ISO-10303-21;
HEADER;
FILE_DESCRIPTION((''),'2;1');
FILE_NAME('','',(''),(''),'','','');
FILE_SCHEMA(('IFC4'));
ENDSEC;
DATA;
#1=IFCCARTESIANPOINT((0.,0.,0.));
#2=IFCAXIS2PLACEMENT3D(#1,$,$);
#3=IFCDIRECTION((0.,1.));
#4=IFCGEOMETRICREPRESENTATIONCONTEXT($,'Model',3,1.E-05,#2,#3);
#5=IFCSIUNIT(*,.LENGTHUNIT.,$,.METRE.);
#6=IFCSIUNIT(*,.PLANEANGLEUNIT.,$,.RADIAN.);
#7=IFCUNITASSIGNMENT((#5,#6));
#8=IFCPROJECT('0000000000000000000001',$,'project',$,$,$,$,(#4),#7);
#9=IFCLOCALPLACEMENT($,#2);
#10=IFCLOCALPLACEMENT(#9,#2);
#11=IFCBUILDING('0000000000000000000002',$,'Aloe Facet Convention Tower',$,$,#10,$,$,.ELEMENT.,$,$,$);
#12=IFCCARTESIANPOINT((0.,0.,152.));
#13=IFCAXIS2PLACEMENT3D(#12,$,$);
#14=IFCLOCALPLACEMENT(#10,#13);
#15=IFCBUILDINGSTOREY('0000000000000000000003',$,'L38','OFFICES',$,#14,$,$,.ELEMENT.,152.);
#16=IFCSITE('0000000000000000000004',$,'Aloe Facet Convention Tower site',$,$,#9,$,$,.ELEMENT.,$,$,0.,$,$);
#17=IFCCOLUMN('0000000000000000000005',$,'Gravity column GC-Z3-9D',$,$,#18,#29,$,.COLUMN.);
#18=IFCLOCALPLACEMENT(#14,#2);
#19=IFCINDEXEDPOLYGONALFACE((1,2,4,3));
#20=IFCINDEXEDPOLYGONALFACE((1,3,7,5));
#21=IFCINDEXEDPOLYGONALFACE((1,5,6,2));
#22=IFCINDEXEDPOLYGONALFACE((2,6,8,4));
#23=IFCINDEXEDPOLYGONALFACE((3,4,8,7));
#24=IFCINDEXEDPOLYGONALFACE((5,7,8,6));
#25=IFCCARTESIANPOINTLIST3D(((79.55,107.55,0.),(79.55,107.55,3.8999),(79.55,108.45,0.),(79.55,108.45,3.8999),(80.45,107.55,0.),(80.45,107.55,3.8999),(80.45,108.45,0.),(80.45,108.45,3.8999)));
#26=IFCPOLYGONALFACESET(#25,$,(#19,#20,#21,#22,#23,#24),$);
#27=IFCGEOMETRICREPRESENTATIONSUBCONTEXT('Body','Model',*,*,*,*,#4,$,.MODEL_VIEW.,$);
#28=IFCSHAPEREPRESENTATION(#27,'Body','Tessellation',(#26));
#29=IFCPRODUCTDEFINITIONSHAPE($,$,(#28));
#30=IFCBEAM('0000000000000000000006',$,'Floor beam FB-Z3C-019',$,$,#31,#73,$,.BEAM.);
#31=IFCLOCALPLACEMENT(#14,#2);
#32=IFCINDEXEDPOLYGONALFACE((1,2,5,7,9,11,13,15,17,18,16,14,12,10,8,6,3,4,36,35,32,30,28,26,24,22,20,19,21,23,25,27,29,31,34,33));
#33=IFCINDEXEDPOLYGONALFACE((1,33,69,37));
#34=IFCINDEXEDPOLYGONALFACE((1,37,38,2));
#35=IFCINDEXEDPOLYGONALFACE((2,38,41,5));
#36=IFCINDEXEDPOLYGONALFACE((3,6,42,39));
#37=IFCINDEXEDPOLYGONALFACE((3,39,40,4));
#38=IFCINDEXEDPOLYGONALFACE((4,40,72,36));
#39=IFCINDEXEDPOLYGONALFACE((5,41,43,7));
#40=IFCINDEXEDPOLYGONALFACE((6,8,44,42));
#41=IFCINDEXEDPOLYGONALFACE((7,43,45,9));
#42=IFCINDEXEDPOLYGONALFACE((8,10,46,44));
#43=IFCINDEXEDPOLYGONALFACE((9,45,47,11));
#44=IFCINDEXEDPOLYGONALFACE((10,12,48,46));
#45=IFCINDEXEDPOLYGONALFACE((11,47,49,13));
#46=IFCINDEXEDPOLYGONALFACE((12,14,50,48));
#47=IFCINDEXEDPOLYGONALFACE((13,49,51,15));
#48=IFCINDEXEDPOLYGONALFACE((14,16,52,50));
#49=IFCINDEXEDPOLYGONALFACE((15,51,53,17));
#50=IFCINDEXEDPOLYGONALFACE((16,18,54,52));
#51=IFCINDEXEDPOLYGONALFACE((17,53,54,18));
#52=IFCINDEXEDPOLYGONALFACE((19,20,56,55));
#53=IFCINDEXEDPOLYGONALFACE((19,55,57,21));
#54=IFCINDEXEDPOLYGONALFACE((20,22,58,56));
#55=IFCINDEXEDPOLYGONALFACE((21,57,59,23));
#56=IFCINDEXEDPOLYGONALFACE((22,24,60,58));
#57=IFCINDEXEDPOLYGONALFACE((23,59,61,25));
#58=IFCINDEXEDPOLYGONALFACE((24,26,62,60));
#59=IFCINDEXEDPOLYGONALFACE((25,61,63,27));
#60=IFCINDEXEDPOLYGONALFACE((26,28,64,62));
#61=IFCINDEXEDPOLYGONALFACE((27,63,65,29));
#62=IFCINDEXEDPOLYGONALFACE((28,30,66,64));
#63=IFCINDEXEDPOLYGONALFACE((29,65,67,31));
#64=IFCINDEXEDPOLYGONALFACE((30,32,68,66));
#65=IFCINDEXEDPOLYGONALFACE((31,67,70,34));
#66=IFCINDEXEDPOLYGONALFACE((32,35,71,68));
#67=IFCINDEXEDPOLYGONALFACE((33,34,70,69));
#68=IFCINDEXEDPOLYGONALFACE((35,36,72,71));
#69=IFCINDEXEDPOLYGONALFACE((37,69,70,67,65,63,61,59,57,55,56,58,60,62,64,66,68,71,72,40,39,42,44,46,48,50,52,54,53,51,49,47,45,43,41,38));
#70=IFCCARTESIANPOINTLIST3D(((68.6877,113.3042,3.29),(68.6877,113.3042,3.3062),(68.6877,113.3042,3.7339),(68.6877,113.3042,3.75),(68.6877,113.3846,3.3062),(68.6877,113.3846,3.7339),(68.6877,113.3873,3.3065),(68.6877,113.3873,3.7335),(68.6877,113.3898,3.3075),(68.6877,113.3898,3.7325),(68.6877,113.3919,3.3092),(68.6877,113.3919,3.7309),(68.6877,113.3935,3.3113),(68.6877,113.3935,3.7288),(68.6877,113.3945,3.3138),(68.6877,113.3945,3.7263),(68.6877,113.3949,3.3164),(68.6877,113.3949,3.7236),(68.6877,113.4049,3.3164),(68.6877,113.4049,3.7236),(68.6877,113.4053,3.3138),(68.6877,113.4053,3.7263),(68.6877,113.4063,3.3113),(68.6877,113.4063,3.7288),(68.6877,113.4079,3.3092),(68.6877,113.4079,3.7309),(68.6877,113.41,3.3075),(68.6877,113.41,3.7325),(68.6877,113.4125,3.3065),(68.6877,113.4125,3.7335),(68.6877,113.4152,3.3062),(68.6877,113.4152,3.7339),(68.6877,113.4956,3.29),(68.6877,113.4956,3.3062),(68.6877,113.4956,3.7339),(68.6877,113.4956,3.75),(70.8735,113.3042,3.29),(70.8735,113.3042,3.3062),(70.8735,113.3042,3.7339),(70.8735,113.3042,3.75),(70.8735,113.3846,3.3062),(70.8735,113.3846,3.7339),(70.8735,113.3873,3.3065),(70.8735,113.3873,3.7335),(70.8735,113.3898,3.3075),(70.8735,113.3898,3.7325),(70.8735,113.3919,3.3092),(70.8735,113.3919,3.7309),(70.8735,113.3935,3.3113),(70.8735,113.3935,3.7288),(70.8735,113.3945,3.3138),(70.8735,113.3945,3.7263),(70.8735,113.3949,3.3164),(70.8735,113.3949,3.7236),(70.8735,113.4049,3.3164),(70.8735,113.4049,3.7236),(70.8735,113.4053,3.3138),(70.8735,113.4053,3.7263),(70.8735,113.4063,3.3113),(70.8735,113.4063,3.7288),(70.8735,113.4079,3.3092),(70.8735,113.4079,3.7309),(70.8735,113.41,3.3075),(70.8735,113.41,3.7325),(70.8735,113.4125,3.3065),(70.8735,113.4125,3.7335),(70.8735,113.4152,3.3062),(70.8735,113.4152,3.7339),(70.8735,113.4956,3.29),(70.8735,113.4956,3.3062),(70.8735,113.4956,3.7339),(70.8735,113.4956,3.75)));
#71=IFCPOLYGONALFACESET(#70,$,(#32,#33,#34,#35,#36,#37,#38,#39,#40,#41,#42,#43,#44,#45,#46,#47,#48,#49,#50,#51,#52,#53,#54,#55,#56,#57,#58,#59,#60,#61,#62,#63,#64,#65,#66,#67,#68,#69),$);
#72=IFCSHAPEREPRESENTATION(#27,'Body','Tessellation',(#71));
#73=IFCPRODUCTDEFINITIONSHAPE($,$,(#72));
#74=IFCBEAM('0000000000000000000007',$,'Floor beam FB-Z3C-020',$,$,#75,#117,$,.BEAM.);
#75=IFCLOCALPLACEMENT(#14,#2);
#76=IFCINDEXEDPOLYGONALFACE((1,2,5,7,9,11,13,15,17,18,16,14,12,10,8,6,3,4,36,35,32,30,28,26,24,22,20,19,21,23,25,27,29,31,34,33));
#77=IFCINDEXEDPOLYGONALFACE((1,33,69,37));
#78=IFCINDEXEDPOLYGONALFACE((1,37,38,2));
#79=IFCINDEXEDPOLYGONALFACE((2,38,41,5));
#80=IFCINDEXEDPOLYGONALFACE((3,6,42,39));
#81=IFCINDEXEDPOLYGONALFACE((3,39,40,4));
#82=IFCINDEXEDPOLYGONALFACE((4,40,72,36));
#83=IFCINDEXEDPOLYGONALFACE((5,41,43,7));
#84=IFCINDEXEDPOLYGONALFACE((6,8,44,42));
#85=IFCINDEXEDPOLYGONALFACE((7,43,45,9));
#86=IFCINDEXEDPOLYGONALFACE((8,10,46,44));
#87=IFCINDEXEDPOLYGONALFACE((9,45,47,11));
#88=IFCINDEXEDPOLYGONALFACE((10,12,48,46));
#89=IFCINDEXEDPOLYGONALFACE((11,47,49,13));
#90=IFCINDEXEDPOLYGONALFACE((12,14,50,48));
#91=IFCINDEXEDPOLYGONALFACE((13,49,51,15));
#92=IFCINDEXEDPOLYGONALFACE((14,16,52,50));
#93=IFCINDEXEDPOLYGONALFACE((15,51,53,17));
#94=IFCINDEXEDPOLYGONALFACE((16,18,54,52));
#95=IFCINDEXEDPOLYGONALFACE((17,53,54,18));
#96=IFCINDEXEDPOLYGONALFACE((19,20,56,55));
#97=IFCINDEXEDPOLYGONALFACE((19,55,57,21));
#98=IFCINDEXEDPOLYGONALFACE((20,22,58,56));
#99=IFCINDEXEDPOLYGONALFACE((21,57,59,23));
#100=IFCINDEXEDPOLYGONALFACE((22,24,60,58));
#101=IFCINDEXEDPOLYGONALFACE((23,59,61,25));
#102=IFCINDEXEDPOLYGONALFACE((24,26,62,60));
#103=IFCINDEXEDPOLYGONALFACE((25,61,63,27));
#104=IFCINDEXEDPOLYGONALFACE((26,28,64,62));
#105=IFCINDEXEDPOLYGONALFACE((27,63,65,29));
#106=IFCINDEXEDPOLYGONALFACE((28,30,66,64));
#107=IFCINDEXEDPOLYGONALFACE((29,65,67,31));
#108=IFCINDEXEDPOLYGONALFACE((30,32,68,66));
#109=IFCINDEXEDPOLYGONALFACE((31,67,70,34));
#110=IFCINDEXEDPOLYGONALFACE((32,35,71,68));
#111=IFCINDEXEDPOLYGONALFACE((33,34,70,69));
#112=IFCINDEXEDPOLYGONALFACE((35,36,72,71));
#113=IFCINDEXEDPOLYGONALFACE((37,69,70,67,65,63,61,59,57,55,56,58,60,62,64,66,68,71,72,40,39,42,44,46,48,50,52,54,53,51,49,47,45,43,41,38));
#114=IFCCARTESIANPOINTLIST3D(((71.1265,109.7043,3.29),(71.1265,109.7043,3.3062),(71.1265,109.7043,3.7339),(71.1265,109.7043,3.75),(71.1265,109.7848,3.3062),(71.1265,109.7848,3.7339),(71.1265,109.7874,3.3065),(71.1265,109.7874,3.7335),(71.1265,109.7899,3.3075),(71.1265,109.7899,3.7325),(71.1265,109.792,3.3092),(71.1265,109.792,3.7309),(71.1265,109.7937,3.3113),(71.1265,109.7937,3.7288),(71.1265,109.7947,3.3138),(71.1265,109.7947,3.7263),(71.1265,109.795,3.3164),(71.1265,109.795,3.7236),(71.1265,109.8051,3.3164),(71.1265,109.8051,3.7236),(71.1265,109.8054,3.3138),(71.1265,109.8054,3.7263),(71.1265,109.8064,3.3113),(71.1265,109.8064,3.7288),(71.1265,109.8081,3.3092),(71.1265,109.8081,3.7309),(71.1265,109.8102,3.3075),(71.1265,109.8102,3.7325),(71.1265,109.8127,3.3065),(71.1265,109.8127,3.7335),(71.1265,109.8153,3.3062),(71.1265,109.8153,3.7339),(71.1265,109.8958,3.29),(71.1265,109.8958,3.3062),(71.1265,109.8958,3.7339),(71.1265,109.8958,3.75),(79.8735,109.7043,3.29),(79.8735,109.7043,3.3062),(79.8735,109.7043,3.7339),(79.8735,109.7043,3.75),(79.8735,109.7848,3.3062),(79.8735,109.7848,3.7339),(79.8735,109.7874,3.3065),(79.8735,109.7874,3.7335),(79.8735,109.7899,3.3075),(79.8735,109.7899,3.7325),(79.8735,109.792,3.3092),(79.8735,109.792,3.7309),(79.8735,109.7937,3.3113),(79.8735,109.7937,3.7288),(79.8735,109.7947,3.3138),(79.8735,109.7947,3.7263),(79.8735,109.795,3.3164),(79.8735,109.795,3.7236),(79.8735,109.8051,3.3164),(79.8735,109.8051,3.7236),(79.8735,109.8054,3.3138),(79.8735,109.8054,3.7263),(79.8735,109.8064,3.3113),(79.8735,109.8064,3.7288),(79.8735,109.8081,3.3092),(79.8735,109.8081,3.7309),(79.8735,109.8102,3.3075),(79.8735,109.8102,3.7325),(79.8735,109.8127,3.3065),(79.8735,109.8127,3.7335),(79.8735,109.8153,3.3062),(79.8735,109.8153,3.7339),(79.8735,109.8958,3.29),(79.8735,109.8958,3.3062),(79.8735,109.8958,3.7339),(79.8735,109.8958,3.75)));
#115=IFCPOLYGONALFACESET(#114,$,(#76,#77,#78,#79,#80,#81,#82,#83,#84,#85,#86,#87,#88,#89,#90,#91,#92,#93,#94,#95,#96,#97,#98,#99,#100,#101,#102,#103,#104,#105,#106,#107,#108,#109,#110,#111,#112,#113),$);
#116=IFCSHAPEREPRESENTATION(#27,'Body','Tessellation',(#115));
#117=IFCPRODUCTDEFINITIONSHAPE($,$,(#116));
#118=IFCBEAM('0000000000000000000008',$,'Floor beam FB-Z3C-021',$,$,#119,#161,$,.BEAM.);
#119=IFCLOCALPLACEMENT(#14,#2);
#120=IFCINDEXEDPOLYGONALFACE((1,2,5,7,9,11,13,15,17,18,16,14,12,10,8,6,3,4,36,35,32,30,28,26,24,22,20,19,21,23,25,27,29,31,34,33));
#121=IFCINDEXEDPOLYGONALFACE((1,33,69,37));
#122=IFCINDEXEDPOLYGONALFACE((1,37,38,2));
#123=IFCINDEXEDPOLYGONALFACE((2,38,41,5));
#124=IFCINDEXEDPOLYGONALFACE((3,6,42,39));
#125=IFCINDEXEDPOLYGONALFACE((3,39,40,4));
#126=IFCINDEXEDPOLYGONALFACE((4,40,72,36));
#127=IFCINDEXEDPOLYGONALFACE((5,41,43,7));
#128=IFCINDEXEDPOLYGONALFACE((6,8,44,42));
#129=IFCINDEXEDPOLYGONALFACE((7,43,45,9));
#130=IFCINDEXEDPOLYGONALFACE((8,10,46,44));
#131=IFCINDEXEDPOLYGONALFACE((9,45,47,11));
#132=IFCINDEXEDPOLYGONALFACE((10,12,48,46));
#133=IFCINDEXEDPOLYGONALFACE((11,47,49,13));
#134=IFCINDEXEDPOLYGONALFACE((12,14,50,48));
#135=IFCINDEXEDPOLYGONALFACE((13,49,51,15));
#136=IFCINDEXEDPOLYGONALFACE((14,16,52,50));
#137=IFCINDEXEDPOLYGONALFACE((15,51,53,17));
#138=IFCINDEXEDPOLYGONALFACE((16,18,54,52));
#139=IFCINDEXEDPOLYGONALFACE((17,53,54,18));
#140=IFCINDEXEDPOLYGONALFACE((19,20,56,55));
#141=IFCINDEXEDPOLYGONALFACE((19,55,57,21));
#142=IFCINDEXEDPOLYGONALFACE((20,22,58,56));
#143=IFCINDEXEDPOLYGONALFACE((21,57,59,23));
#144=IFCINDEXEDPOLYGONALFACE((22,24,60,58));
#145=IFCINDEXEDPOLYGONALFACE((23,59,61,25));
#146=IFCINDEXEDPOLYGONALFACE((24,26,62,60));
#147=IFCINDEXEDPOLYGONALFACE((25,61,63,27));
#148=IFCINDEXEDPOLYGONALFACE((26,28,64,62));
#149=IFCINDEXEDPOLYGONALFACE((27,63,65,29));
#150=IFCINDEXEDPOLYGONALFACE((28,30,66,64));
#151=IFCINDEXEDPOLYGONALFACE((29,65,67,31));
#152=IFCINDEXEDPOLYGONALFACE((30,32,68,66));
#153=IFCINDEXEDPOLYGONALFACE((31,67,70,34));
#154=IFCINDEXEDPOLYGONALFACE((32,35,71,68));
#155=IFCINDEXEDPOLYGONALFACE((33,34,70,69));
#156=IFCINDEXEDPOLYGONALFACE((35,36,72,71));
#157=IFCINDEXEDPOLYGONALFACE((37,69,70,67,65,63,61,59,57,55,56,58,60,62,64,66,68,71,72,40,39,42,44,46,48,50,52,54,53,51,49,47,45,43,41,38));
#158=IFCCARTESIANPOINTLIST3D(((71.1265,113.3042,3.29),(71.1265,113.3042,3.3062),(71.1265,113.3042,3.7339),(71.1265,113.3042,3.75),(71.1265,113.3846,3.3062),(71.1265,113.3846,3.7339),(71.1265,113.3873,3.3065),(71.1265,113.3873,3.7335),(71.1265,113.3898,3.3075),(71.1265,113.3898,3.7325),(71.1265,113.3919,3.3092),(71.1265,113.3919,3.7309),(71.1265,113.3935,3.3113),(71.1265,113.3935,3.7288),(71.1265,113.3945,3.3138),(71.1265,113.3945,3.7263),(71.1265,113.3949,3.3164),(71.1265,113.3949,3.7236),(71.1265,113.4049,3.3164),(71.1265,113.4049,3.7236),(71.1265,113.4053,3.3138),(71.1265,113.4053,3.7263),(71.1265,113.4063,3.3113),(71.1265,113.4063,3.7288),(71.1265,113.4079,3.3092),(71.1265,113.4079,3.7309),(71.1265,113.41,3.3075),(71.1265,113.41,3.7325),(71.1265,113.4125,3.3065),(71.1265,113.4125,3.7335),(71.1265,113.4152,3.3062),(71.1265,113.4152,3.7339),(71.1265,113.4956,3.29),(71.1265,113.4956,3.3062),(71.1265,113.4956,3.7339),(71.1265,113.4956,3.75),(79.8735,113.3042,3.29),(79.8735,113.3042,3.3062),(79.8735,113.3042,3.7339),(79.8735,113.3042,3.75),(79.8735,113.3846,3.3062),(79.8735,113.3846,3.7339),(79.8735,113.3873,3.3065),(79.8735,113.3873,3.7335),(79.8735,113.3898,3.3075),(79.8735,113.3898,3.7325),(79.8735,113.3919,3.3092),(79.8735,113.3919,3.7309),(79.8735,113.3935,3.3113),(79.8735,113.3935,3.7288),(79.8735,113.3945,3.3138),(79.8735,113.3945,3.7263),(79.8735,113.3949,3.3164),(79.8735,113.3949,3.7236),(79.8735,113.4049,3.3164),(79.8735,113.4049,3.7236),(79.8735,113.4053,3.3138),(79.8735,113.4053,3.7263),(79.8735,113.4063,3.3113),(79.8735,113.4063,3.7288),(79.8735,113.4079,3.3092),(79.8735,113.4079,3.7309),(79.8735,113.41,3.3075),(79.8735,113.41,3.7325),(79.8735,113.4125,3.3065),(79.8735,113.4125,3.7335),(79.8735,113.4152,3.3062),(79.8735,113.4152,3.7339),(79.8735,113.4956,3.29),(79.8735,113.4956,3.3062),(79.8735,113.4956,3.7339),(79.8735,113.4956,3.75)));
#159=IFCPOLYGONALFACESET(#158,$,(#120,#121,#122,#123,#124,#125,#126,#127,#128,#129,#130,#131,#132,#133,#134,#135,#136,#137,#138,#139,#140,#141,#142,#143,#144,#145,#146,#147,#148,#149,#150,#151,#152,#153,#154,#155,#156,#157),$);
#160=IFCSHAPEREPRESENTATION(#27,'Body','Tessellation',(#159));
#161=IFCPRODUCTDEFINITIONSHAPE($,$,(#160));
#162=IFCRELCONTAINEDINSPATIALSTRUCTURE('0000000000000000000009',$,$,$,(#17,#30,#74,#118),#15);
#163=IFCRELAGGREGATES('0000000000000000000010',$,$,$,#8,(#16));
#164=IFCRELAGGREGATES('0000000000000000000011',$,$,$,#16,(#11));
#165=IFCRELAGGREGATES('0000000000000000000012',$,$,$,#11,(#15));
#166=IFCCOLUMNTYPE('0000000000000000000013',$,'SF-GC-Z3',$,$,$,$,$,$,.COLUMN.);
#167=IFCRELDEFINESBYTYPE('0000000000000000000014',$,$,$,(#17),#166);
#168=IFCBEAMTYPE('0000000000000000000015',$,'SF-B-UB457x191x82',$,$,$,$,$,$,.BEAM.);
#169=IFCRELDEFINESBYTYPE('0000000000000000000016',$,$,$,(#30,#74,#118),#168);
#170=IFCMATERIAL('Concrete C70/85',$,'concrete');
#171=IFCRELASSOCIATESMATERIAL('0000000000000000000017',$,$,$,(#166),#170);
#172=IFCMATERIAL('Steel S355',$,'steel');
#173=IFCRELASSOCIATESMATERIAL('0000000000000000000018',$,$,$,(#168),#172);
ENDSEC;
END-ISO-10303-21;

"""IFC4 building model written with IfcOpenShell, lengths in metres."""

from ifc_helpers import new_model, si_unit, direction, frame, origin, origin_2d, place, context, subcontext, project, spatial, rectangle, i_section, extrude, material, material_profile, profile_set, type_object, element, save


model = new_model("IFC4")

# Units and contexts
model_context = context("Model", 3, precision=1e-05, world=origin(), true_north=direction((0.0, 1.0)))
body_context = subcontext(model_context, "Body", "Model", "MODEL_VIEW")
ifc_project = project(units=[si_unit("LENGTHUNIT", "METRE"), si_unit("PLANEANGLEUNIT", "RADIAN")], contexts=[model_context])

# Site, building, storey
site_placement = place(None, origin())
site = spatial("IfcSite", under=ifc_project, at=site_placement, Name="Aloe Facet Convention Tower site", CompositionType="ELEMENT", RefElevation=0.0)
building_placement = place(site_placement, origin())
building = spatial("IfcBuilding", under=site, at=building_placement, Name="Aloe Facet Convention Tower", CompositionType="ELEMENT")
storey_placement = place(building_placement, frame((0.0, 0.0, 152.0)))
storey = spatial("IfcBuildingStorey", under=building, at=storey_placement, Name="L38", Description="OFFICES", CompositionType="ELEMENT", Elevation=152.0)

# Column
ifc_material_1 = material(Name="Concrete C70/85", Category="concrete")
ifc_material_profile_1 = material_profile(ifc_material_1, rectangle(XDim=0.8999, YDim=0.8999, at=origin_2d()), Name="SF-GC-Z3")
ifc_profile_set_1 = profile_set([ifc_material_profile_1], Name="Concrete C70/85")
column_type = type_object("IfcColumnType", Name="SF-GC-Z3", PredefinedType="COLUMN", material=ifc_profile_set_1)
column_placement = place(storey_placement, frame((80.0, 108.0, 0.0), z_axis=(0.0, 0.0, 1.0), x_axis=(1.0, 0.0, 0.0)))
element("IfcColumn", 1, at=column_placement, inside=storey, type_object=column_type, Name="Gravity column GC-Z3-9D", PredefinedType="COLUMN", context=body_context, shape_type="SweptSolid", body=[
    extrude(rectangle(XDim=0.8999, YDim=0.8999, at=origin_2d()), origin(), (0.0, 0.0, 1.0), 3.8999),
])

# Beams
ifc_material_2 = material(Name="Steel S355", Category="steel")
ifc_material_profile_2 = material_profile(ifc_material_2, i_section(OverallWidth=0.1914, OverallDepth=0.46, WebThickness=0.01, FlangeThickness=0.0161, FilletRadius=0.0103, at=origin_2d()), Name="UB 457x191x82")
ifc_profile_set_2 = profile_set([ifc_material_profile_2], Name="Steel S355")
beam_type_1 = type_object("IfcBeamType", Name="SF-B-UB457x191x82", PredefinedType="BEAM", material=ifc_profile_set_2)
beam_1_placement = place(storey_placement, frame((68.6877, 113.3999, 3.52), z_axis=(1.0, 0.0, 0.0), x_axis=(0.0, 1.0, 0.0)))
element("IfcBeam", 2, at=beam_1_placement, inside=storey, type_object=beam_type_1, Name="Floor beam FB-Z3C-019", PredefinedType="BEAM", context=body_context, shape_type="SweptSolid", body=[
    extrude(i_section(OverallWidth=0.1914, OverallDepth=0.46, WebThickness=0.01, FlangeThickness=0.0161, FilletRadius=0.0103, at=origin_2d()), origin(), (0.0, 0.0, 1.0), 2.1858),
])
for number, where, z_axis, x_axis, name in (
    (3, (71.1265, 109.8, 3.52), (1.0, 0.0, 0.0), (0.0, 1.0, 0.0), "Floor beam FB-Z3C-020"),
    (4, (71.1265, 113.3999, 3.52), (1.0, 0.0, 0.0), (0.0, 1.0, 0.0), "Floor beam FB-Z3C-021"),
):
    element("IfcBeam", number, at=place(storey_placement, frame(where, z_axis=z_axis, x_axis=x_axis)), inside=storey, type_object=beam_type_1, Name=name, PredefinedType="BEAM", context=body_context, shape_type="SweptSolid", body=[
        extrude(i_section(OverallWidth=0.1914, OverallDepth=0.46, WebThickness=0.01, FlangeThickness=0.0161, FilletRadius=0.0103, at=origin_2d()), origin(), (0.0, 0.0, 1.0), 8.7471),
    ])

save(model, "model.ifc")
